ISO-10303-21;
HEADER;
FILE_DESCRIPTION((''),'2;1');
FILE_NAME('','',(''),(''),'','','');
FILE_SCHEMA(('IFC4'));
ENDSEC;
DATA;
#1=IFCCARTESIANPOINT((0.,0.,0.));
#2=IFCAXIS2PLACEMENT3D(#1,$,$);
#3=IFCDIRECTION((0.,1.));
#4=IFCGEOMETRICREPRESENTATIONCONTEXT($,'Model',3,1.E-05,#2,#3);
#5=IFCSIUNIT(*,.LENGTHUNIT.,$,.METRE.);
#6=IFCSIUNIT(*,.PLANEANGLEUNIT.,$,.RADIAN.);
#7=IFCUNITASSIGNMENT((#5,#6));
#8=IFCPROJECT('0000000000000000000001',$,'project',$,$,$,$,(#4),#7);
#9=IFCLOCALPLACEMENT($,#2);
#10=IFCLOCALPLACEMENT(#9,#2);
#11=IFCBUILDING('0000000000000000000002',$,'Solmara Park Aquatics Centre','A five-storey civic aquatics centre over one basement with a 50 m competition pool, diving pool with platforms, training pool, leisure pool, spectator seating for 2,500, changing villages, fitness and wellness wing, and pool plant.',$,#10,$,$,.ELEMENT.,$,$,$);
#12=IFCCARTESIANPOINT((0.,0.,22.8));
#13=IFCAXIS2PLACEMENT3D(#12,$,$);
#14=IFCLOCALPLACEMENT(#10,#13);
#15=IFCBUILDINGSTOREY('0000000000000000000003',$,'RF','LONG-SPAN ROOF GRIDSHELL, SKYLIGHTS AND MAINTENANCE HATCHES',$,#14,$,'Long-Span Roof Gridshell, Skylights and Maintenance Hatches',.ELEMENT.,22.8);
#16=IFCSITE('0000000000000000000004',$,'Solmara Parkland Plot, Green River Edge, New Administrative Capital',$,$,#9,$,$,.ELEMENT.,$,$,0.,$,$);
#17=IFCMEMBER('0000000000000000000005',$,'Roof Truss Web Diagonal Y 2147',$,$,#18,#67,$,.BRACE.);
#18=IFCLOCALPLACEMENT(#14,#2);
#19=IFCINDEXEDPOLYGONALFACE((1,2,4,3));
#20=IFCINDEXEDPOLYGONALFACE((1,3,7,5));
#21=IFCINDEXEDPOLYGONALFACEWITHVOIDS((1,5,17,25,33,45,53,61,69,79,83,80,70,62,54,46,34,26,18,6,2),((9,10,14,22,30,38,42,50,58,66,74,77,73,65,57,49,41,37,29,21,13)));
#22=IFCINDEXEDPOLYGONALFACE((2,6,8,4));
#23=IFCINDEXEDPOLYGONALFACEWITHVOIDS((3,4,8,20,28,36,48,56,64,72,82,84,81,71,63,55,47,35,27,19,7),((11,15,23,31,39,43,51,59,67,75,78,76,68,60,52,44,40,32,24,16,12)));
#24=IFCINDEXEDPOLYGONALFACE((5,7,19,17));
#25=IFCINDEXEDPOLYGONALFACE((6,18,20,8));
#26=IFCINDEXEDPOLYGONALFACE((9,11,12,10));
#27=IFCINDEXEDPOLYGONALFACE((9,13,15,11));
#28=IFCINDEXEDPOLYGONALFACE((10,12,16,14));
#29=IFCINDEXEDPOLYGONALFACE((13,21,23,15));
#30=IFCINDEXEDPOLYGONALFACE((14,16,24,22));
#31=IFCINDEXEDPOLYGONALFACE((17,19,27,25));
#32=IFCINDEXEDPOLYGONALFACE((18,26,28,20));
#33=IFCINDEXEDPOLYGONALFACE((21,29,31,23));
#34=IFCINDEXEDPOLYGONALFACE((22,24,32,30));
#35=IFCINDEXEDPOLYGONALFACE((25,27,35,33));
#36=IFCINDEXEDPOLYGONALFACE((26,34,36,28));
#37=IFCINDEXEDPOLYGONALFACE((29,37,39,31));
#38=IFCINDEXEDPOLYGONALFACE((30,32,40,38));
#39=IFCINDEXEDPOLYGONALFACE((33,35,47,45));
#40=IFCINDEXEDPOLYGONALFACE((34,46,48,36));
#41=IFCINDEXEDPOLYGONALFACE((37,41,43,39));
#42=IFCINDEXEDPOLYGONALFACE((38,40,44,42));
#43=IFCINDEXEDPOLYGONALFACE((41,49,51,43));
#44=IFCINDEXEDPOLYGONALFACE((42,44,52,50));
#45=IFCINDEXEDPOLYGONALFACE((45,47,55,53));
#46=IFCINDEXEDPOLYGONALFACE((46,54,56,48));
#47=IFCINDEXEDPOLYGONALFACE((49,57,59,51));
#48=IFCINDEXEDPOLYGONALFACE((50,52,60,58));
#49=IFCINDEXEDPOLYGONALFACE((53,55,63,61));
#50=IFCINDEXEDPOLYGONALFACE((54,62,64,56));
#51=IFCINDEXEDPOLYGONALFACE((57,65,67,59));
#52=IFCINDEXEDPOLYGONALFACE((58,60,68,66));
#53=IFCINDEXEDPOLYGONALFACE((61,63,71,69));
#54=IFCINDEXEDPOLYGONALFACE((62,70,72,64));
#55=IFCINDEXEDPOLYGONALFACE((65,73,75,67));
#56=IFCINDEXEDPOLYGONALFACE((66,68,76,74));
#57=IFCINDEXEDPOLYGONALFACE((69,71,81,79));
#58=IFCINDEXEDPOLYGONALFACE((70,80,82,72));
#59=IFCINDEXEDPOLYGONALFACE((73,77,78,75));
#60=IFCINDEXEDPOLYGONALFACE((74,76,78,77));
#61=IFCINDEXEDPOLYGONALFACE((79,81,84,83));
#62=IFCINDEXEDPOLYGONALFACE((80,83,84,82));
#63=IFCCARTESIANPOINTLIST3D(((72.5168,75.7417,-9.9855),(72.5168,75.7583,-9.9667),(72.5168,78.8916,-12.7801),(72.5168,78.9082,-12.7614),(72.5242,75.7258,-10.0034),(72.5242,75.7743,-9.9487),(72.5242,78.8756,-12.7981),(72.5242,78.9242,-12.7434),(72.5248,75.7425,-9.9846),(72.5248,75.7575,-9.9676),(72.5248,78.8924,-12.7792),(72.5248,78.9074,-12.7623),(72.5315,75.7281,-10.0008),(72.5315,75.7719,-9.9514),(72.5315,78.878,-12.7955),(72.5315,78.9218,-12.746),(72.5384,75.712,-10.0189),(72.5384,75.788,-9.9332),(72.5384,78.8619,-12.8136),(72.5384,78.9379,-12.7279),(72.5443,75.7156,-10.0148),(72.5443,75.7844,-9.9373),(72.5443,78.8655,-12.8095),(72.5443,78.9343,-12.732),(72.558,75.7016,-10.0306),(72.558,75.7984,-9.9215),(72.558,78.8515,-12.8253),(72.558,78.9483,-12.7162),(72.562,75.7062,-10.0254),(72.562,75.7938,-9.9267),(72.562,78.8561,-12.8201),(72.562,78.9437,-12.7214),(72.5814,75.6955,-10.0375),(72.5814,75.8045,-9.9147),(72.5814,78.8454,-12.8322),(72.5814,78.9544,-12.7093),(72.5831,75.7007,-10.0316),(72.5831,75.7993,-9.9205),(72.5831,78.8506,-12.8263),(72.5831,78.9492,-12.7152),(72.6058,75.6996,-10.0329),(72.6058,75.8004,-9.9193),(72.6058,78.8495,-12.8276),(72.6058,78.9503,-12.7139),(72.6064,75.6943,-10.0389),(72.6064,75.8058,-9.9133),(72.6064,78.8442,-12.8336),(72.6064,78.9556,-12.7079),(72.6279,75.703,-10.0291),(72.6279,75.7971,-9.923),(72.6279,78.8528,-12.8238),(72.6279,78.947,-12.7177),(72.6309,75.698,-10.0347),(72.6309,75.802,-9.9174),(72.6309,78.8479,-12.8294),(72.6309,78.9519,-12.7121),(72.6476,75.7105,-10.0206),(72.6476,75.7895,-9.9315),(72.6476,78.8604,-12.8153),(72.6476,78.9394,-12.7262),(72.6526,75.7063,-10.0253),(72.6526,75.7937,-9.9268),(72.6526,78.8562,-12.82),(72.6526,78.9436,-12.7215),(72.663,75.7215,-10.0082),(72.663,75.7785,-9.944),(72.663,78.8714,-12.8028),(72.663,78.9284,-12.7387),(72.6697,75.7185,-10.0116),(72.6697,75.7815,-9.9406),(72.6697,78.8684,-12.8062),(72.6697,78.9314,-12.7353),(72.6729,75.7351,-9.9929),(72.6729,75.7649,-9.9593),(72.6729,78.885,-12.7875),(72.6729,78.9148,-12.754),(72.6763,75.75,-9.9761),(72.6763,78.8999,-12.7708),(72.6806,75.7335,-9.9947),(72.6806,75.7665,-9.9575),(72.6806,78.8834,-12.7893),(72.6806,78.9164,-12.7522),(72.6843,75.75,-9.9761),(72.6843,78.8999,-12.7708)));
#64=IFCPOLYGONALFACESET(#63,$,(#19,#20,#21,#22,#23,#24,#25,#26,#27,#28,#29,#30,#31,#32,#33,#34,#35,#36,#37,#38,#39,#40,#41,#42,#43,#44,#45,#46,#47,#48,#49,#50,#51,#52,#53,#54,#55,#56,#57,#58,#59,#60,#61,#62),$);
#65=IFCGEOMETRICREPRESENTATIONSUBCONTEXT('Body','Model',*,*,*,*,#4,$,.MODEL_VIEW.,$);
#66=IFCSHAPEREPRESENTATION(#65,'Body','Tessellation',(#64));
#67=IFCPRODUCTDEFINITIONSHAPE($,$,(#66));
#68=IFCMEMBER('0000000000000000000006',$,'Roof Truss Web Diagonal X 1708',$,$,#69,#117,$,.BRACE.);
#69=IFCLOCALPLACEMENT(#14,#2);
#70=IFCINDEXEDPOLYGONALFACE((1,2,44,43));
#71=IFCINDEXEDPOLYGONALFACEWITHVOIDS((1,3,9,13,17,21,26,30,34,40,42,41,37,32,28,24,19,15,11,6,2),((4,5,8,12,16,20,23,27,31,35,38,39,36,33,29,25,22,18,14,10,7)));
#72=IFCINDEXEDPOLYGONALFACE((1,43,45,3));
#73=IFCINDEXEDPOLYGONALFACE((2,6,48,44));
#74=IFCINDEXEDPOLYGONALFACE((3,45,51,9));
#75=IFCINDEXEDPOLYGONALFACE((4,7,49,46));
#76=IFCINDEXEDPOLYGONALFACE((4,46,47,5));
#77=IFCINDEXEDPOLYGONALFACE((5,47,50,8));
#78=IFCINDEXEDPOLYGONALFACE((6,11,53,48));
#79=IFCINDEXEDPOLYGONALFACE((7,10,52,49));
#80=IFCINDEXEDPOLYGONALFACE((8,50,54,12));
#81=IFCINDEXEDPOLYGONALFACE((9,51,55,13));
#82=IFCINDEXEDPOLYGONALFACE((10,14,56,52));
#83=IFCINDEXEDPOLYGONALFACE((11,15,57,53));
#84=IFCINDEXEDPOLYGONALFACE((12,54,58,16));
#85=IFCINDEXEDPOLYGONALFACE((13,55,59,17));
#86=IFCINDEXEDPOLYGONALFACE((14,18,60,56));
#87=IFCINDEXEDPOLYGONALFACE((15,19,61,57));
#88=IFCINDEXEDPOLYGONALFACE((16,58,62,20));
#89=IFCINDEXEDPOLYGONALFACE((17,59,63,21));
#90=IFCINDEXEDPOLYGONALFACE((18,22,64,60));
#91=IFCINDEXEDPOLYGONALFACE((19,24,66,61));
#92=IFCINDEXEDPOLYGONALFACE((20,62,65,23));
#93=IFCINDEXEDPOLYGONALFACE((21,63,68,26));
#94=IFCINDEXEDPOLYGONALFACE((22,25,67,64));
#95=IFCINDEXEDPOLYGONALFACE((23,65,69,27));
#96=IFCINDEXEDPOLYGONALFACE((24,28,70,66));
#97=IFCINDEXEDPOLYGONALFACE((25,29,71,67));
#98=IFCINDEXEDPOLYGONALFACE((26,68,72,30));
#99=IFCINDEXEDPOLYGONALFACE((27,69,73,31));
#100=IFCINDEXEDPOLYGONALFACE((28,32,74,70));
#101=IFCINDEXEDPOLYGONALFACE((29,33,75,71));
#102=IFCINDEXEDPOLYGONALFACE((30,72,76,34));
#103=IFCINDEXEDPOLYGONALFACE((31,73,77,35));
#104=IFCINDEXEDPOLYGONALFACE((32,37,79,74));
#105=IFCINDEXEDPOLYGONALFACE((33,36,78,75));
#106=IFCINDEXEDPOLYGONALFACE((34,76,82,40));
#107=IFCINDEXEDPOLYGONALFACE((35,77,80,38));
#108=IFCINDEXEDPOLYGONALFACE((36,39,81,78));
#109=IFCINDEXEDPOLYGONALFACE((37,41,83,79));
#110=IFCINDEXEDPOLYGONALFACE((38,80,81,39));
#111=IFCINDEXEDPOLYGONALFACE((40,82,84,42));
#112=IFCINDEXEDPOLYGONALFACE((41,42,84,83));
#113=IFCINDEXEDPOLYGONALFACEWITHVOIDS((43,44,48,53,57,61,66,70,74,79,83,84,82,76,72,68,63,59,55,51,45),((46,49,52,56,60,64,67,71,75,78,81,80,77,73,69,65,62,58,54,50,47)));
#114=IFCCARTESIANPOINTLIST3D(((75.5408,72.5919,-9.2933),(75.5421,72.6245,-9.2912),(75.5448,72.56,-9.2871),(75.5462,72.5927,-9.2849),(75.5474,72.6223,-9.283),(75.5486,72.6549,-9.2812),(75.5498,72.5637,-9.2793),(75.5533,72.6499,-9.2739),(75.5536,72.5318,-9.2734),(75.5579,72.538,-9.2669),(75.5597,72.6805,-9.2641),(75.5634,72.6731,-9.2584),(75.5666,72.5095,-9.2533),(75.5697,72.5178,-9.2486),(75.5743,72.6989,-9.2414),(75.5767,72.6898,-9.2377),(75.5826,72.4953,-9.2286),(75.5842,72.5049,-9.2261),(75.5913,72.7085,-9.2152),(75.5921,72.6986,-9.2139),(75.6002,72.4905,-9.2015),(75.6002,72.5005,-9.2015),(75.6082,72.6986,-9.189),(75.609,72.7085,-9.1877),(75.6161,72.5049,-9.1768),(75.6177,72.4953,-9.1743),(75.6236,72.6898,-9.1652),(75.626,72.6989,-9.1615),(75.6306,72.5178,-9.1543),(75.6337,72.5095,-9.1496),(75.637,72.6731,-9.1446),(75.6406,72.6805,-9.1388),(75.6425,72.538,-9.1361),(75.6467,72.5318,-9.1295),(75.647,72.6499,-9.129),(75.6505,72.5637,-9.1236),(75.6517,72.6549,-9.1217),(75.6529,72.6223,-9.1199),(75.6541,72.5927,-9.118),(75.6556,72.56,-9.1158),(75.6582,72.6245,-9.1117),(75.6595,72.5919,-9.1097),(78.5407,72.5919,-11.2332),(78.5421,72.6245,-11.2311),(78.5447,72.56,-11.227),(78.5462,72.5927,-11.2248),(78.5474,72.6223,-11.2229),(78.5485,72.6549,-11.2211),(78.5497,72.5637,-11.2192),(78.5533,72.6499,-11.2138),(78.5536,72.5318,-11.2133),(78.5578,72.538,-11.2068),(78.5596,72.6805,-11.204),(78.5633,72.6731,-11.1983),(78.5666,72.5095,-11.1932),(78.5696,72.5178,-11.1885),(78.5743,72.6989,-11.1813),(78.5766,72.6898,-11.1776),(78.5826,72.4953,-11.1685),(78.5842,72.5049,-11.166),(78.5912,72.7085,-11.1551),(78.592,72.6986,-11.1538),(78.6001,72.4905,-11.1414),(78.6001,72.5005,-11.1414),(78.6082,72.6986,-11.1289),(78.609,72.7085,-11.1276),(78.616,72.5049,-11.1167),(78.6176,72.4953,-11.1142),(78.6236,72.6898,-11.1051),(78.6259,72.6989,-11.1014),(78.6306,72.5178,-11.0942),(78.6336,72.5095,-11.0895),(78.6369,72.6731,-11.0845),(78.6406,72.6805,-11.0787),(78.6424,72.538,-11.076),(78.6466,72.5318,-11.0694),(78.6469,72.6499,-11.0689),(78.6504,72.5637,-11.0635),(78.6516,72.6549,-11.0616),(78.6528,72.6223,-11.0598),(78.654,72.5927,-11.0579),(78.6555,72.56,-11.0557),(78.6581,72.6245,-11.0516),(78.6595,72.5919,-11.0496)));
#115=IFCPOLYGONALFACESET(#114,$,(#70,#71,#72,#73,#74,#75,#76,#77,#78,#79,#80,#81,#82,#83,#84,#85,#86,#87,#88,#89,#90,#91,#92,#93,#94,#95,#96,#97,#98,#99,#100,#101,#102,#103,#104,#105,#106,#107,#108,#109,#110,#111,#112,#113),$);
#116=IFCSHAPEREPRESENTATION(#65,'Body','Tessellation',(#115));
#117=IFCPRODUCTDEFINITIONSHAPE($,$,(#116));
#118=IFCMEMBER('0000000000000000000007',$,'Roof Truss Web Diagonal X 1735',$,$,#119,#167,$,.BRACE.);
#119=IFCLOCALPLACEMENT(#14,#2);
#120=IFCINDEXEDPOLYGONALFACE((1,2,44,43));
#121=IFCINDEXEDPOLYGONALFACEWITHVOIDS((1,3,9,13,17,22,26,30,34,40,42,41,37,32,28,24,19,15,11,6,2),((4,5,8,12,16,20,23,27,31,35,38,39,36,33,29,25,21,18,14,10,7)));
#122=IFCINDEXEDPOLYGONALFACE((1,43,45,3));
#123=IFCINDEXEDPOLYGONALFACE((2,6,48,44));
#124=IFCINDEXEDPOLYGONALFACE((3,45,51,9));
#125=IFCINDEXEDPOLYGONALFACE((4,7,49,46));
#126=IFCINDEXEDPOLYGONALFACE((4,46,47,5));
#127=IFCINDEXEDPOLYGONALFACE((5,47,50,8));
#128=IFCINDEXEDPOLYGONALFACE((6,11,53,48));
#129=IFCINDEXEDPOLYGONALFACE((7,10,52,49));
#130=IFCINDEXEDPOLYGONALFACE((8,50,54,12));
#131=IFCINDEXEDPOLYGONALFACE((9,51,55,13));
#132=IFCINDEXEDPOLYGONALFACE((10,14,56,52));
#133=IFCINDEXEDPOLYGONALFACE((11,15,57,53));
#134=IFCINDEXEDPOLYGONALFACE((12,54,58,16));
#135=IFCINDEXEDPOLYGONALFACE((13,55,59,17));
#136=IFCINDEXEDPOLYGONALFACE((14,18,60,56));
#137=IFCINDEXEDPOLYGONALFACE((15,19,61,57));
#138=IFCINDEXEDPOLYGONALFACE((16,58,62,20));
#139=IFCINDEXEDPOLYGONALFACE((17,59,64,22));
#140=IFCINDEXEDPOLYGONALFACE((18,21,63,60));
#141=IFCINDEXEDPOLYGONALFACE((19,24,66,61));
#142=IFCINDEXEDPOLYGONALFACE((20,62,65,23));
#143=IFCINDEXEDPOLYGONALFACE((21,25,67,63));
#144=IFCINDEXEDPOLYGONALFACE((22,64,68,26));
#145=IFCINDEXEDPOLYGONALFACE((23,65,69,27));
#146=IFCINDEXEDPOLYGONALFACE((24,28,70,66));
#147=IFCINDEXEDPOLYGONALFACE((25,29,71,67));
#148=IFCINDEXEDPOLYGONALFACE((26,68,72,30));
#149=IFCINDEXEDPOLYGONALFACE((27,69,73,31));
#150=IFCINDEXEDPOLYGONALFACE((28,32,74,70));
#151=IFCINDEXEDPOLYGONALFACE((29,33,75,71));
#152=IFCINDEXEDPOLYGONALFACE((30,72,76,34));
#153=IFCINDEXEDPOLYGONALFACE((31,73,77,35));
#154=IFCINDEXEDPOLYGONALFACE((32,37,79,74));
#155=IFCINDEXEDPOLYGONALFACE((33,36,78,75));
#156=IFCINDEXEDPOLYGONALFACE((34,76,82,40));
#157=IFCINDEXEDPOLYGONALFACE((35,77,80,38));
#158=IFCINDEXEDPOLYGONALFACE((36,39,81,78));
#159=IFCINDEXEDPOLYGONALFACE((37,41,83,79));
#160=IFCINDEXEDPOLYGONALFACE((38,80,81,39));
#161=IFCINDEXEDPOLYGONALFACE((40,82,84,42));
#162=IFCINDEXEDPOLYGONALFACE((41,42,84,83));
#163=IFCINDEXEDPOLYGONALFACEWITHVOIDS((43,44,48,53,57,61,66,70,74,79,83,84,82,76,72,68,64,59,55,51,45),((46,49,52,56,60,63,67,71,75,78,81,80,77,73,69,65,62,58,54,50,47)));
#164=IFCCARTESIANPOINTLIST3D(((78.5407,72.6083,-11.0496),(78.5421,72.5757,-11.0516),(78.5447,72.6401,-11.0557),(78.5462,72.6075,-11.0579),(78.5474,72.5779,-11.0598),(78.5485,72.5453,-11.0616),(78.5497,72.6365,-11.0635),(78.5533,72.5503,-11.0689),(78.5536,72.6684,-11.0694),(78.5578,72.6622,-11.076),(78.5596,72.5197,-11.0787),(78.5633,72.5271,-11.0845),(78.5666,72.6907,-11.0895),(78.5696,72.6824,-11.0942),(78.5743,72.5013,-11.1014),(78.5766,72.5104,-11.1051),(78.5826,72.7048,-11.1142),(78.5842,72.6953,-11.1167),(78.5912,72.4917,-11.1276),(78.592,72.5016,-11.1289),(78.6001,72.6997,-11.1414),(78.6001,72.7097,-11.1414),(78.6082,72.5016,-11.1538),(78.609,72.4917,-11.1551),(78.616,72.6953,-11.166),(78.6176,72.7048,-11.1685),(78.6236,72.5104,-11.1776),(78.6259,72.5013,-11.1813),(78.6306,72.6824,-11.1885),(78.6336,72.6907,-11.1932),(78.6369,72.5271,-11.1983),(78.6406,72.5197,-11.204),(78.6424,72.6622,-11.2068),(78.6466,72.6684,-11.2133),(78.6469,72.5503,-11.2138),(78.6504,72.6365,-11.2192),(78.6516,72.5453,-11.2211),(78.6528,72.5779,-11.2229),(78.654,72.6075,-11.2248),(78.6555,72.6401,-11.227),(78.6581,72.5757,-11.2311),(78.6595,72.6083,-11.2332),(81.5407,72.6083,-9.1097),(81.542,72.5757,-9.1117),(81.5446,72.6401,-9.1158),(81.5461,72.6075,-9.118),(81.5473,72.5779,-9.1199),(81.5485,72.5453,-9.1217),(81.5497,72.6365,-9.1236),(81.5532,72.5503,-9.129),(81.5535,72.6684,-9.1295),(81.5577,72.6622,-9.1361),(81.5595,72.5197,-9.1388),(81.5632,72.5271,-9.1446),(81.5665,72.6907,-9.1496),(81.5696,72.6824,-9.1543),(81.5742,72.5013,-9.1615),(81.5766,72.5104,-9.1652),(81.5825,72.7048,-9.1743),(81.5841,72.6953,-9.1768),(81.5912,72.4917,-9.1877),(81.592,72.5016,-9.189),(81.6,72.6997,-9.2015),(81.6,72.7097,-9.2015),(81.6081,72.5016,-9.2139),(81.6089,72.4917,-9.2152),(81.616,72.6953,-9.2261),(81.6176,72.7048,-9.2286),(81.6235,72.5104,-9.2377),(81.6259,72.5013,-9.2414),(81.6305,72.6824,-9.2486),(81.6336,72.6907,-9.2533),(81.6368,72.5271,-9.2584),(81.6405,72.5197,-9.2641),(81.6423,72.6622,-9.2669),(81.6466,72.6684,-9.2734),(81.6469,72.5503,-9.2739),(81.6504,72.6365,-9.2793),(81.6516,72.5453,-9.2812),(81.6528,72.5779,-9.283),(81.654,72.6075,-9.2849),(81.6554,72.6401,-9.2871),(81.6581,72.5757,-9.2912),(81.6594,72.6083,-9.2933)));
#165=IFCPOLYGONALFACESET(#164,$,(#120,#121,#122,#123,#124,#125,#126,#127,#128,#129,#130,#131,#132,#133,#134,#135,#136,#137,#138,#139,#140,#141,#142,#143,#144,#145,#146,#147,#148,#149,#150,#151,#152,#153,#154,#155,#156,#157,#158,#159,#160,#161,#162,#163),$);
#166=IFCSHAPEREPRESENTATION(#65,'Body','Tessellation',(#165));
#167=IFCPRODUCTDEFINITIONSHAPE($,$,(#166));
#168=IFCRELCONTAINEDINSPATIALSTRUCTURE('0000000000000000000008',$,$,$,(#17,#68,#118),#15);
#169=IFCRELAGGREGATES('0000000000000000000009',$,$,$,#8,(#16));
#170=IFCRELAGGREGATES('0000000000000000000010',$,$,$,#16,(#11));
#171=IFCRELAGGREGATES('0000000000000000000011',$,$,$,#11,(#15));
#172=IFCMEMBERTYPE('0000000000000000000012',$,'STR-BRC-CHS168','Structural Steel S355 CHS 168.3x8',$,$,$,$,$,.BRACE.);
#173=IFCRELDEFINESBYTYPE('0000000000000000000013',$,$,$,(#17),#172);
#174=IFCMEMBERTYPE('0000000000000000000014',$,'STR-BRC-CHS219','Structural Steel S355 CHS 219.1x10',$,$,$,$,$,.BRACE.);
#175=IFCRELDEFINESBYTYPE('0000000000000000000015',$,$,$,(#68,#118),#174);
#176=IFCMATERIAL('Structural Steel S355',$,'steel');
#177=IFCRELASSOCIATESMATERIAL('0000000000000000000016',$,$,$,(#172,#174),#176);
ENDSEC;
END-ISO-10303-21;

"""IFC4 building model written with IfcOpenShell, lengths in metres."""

from ifc_helpers import new_model, si_unit, direction, frame, origin, origin_2d, place, context, subcontext, project, spatial, hollow_circle, extrude, material, material_profile, profile_set, type_object, element, save


model = new_model("IFC4")

# Units and contexts
model_context = context("Model", 3, precision=1e-05, world=origin(), true_north=direction((0.0, 1.0)))
body_context = subcontext(model_context, "Body", "Model", "MODEL_VIEW")
ifc_project = project(units=[si_unit("LENGTHUNIT", "METRE"), si_unit("PLANEANGLEUNIT", "RADIAN")], contexts=[model_context])

# Site, building, storey
site_placement = place(None, origin())
site = spatial("IfcSite", under=ifc_project, at=site_placement, Name="Solmara Parkland Plot, Green River Edge, New Administrative Capital", CompositionType="ELEMENT", RefElevation=0.0)
building_placement = place(site_placement, origin())
building = spatial("IfcBuilding", under=site, at=building_placement, Name="Solmara Park Aquatics Centre", Description="A five-storey civic aquatics centre over one basement with a 50 m competition pool, diving pool with platforms, training pool, leisure pool, spectator seating for 2,500, changing villages, fitness and wellness wing, and pool plant.", CompositionType="ELEMENT")
storey_placement = place(building_placement, frame((0.0, 0.0, 22.8)))
storey = spatial("IfcBuildingStorey", under=building, at=storey_placement, Name="RF", Description="LONG-SPAN ROOF GRIDSHELL, SKYLIGHTS AND MAINTENANCE HATCHES", LongName="Long-Span Roof Gridshell, Skylights and Maintenance Hatches", CompositionType="ELEMENT", Elevation=22.8)

# Members
ifc_material_1 = material(Name="Structural Steel S355", Category="steel")
ifc_material_profile_1 = material_profile(ifc_material_1, hollow_circle(Radius=0.0842, WallThickness=0.0081, at=origin_2d()), Name="CHS 168.3x8")
ifc_profile_set_1 = profile_set([ifc_material_profile_1], Name="Structural Steel S355")
member_type_1 = type_object("IfcMemberType", Name="STR-BRC-CHS168", Description="Structural Steel S355 CHS 168.3x8", PredefinedType="BRACE", material=ifc_profile_set_1)
member_1_placement = place(storey_placement, frame((72.6001, 78.8999, -12.7708), z_axis=(0.0, -0.748026, 0.663669), x_axis=(1.0, 0.0, 0.0)))
element("IfcMember", 1, at=member_1_placement, inside=storey, type_object=member_type_1, Name="Roof Truss Web Diagonal Y 2147", PredefinedType="BRACE", context=body_context, shape_type="SweptSolid", body=[
    extrude(hollow_circle(Radius=0.0842, WallThickness=0.0081, at=origin_2d()), origin(), (0.0, 0.0, 1.0), 4.2109),
])
ifc_material_profile_2 = material_profile(ifc_material_1, hollow_circle(Radius=0.1096, WallThickness=0.01, at=origin_2d()), Name="CHS 219.1x10")
ifc_profile_set_2 = profile_set([ifc_material_profile_2], Name="Structural Steel S355")
member_type_2 = type_object("IfcMemberType", Name="STR-BRC-CHS219", Description="Structural Steel S355 CHS 219.1x10", PredefinedType="BRACE", material=ifc_profile_set_2)
for number, where, z_axis, x_axis, name in (
    (2, (78.6001, 72.6001, -11.1414), (-0.839728, 0.0, 0.543008), (0.0, -1.0, 0.0), "Roof Truss Web Diagonal X 1708"),
    (3, (78.6001, 72.6001, -11.1414), (0.839728, 0.0, 0.543008), (0.0, 1.0, 0.0), "Roof Truss Web Diagonal X 1735"),
):
    element("IfcMember", number, at=place(storey_placement, frame(where, z_axis=z_axis, x_axis=x_axis)), inside=storey, type_object=member_type_2, Name=name, PredefinedType="BRACE", context=body_context, shape_type="SweptSolid", body=[
        extrude(hollow_circle(Radius=0.1096, WallThickness=0.01, at=origin_2d()), origin(), (0.0, 0.0, 1.0), 3.5725),
    ])

save(model, "model.ifc")
